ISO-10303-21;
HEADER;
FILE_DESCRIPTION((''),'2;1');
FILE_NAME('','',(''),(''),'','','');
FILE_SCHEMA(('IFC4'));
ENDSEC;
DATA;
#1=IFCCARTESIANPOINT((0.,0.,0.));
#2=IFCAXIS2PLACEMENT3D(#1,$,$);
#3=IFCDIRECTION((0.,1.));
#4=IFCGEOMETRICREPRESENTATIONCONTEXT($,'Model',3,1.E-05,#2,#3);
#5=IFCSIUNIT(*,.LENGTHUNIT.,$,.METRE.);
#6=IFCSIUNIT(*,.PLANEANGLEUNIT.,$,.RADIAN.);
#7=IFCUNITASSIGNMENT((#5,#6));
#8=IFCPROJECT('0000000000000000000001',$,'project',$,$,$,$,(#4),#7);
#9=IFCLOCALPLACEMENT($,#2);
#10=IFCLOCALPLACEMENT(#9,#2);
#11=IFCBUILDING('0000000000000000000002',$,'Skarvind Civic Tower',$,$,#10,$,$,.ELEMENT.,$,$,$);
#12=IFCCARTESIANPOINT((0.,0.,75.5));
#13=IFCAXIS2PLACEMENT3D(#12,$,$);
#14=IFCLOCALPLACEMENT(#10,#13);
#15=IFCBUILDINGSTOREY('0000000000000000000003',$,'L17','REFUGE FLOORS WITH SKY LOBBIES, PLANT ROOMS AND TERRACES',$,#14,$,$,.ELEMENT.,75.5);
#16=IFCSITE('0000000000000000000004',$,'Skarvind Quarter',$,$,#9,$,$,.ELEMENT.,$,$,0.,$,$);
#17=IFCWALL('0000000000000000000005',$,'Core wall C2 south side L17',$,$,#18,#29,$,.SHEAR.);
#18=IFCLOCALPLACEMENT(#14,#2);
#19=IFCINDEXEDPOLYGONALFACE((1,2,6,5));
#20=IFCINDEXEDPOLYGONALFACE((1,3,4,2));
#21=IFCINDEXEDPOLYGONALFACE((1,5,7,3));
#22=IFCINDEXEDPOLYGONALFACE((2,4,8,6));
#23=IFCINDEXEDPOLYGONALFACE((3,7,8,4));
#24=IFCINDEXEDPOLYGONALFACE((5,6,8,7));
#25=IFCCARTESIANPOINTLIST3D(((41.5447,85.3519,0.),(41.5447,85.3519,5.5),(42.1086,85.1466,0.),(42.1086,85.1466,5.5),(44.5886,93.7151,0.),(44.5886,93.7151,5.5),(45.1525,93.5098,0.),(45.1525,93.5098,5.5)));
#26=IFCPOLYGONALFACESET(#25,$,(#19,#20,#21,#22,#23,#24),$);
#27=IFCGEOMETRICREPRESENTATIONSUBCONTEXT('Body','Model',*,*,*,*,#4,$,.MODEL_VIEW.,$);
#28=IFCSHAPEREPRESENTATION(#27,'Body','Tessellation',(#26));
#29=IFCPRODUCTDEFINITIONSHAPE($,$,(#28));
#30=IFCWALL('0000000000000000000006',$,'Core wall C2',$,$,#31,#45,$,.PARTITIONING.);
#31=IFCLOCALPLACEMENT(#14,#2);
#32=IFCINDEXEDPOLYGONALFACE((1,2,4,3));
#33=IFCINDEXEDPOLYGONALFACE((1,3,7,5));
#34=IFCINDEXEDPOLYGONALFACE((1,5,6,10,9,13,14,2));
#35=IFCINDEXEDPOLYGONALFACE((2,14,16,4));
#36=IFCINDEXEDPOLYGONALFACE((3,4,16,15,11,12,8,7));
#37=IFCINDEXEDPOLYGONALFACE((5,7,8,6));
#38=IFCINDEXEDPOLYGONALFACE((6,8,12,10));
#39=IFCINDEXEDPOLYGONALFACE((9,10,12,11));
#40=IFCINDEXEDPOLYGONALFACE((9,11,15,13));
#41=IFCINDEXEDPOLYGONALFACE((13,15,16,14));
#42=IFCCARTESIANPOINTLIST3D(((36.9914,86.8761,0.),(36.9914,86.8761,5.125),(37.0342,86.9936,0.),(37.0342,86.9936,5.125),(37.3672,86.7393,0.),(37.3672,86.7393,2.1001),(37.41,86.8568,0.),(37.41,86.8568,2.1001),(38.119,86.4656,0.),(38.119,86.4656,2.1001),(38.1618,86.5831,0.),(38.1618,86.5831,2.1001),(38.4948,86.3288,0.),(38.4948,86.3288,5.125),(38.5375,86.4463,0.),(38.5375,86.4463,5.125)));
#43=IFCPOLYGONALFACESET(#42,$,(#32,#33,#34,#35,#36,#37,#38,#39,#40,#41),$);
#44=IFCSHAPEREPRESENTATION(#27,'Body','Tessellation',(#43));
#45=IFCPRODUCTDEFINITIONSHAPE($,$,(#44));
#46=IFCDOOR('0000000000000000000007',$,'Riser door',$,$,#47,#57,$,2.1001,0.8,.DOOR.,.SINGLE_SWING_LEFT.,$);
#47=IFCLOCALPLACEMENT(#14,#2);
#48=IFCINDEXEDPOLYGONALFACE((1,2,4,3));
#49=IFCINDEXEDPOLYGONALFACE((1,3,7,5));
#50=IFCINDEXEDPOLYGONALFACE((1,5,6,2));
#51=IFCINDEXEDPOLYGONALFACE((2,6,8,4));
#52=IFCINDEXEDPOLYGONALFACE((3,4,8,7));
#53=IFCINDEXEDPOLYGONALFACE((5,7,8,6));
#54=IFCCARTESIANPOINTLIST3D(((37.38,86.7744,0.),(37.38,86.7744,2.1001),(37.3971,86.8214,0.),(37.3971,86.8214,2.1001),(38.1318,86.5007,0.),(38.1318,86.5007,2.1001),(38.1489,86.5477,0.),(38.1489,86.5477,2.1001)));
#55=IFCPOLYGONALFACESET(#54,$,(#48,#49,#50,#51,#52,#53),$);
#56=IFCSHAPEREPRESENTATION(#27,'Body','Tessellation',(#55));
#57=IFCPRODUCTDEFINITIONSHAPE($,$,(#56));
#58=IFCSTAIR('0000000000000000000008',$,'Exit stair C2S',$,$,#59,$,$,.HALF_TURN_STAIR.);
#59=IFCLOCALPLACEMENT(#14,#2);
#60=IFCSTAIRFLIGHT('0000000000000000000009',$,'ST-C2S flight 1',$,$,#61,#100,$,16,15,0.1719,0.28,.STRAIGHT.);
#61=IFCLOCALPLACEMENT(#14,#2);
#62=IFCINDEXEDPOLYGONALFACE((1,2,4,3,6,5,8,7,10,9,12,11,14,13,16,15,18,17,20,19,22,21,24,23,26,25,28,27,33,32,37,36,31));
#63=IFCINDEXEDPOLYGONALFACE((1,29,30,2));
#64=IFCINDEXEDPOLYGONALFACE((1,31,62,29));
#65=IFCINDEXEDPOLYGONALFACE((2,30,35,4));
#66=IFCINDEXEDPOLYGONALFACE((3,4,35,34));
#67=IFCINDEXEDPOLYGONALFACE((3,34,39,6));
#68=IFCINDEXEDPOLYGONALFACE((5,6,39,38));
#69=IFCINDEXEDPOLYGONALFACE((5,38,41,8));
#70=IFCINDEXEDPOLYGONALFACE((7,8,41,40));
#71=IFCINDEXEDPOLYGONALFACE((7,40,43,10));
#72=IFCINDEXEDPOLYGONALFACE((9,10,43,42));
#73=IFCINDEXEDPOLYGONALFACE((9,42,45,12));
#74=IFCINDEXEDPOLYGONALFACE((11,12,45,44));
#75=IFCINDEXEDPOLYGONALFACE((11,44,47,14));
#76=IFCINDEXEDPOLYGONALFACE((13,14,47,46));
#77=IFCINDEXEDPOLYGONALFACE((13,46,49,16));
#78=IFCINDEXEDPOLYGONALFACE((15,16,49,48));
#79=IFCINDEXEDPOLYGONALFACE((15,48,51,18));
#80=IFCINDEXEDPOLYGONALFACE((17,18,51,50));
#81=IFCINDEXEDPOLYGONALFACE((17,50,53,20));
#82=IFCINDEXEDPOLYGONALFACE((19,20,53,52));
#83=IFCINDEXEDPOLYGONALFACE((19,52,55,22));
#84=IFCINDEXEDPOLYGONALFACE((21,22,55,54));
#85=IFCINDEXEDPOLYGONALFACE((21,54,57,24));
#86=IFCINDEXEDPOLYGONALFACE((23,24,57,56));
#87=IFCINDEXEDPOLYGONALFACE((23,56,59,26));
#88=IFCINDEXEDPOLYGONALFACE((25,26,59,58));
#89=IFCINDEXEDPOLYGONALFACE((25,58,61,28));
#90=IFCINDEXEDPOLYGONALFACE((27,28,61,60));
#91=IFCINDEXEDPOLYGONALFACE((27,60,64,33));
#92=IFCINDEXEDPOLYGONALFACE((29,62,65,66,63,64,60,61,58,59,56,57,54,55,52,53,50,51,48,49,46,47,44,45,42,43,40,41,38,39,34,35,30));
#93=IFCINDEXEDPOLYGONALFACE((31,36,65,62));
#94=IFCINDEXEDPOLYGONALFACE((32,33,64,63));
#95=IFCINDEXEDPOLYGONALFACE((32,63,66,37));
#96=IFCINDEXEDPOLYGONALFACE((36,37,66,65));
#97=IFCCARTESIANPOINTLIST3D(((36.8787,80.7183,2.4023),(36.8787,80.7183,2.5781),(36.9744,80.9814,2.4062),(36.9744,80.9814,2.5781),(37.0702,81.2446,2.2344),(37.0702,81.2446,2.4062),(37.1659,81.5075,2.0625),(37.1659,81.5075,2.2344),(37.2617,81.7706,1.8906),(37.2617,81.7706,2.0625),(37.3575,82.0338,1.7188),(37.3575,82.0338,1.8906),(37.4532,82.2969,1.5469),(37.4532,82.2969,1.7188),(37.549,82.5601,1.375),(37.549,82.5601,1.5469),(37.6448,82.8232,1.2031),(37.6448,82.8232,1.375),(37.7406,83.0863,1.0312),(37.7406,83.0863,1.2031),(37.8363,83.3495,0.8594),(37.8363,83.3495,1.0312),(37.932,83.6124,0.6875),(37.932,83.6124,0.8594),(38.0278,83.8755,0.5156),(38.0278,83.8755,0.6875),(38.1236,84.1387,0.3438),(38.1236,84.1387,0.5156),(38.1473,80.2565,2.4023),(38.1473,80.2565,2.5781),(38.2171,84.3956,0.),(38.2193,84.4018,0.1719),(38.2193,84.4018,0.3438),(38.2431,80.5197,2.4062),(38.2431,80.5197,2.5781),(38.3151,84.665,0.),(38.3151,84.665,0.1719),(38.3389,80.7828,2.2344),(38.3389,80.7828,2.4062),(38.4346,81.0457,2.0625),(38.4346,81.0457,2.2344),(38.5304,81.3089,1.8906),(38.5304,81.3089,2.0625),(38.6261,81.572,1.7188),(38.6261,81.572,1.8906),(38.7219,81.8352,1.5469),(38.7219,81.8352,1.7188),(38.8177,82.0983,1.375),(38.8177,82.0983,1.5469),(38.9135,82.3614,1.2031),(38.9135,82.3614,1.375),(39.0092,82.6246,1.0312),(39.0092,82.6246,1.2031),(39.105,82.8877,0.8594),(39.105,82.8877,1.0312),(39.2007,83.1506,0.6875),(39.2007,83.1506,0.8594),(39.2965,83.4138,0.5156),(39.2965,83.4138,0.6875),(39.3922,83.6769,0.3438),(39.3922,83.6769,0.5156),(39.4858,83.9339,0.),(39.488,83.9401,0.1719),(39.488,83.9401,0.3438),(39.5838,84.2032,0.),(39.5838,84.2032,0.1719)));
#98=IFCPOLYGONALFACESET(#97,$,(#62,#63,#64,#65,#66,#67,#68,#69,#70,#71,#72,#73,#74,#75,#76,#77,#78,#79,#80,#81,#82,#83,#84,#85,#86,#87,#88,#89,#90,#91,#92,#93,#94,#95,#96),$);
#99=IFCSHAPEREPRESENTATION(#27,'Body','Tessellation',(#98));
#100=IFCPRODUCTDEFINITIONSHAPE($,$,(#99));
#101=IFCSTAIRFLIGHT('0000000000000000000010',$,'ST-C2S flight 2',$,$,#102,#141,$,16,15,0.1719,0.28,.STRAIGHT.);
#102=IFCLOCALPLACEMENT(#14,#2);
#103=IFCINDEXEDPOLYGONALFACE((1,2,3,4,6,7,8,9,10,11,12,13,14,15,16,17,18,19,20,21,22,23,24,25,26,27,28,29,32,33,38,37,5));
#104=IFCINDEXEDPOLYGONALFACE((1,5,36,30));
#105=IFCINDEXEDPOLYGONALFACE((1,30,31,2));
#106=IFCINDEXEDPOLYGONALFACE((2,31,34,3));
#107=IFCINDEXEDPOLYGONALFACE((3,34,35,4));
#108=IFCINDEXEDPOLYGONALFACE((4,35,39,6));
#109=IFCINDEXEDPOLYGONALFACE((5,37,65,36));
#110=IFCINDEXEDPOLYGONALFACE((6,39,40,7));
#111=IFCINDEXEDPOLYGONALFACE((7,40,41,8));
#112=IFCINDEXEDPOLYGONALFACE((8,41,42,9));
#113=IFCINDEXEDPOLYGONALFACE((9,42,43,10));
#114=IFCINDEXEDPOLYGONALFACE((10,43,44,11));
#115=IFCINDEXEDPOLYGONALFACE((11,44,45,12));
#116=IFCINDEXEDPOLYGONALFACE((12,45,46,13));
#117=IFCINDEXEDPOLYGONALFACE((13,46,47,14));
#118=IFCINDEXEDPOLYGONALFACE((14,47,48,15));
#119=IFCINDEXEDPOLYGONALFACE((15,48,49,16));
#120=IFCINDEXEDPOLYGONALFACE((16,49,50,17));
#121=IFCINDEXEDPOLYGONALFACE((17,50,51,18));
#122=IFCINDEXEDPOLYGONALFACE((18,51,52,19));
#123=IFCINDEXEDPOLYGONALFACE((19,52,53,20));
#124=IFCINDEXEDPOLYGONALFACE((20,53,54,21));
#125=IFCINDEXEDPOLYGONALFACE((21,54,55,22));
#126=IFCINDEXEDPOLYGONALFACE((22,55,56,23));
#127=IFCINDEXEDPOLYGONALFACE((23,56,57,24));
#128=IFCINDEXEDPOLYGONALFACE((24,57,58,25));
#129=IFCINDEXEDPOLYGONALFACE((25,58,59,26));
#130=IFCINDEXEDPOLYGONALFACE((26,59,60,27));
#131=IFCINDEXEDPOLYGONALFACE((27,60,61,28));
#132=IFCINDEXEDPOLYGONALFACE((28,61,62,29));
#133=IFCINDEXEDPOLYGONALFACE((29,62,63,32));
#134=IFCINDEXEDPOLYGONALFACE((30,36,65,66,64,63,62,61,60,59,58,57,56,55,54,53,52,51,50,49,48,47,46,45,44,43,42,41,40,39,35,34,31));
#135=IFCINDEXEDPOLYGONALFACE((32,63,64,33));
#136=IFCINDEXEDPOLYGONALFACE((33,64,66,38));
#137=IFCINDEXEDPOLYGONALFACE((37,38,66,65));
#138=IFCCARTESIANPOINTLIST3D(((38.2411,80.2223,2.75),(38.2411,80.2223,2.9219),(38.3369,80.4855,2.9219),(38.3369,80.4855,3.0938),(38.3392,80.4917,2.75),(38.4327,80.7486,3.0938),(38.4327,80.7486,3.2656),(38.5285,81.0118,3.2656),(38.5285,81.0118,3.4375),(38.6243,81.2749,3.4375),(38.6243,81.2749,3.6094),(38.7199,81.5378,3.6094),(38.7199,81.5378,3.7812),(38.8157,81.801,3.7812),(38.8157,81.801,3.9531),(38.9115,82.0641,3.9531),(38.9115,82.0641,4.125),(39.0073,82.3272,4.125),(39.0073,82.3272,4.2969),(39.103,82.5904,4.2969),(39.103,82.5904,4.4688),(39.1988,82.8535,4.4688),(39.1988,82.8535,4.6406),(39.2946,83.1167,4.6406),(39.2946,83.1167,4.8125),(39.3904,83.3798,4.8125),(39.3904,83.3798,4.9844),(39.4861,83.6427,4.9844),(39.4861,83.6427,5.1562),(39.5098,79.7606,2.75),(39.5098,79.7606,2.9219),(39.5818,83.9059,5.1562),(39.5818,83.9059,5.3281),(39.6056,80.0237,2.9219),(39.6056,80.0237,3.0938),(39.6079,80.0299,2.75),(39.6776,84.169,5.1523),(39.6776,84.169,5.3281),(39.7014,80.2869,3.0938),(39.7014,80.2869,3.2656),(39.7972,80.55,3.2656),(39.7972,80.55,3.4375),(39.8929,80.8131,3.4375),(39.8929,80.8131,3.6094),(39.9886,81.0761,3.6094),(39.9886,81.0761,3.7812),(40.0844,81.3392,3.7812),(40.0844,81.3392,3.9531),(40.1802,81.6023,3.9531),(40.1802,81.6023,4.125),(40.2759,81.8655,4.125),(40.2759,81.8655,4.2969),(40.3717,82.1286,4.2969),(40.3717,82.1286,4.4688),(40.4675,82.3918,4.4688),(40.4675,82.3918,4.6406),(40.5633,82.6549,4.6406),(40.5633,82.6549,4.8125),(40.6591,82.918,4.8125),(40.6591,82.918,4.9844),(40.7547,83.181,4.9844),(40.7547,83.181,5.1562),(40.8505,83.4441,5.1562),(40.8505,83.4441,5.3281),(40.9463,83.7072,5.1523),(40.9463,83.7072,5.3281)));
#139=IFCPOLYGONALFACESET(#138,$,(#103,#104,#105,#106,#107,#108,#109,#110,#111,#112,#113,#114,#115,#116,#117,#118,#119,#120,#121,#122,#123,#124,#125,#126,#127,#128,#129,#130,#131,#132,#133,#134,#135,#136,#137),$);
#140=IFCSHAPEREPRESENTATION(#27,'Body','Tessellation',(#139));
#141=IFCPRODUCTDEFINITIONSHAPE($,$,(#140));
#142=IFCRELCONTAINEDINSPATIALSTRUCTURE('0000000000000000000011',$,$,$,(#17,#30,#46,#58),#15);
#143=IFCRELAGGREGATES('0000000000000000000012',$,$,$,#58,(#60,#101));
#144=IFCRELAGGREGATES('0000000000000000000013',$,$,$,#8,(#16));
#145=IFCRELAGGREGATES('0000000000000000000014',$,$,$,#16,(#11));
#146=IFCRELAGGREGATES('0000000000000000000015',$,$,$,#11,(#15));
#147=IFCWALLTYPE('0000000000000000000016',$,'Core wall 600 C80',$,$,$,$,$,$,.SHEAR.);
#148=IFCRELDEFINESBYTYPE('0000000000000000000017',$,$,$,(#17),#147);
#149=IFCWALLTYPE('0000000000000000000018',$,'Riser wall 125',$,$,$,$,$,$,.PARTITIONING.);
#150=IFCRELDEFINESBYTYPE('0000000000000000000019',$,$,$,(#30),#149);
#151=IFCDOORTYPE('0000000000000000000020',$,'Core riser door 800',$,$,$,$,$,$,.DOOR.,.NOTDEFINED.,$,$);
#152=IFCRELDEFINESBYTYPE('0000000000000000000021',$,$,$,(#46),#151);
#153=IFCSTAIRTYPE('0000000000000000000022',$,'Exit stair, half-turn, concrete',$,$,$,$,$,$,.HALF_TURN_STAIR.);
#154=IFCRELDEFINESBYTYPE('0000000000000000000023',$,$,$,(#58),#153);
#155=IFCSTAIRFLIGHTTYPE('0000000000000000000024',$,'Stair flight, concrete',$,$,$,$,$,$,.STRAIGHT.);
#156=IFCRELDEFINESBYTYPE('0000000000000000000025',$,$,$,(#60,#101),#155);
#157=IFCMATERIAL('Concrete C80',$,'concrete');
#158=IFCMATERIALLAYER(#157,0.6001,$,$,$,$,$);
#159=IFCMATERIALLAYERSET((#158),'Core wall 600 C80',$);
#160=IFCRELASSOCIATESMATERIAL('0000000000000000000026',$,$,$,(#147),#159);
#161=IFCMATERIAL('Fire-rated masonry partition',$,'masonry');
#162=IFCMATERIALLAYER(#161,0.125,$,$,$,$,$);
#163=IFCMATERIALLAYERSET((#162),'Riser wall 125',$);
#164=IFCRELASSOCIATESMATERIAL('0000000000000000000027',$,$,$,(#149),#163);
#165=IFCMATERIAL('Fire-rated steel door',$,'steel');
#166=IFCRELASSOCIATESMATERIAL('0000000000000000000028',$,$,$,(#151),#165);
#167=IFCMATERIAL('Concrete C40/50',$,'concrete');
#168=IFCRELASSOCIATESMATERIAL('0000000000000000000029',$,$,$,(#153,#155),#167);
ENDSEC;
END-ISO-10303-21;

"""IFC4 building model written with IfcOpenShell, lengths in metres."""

from ifc_helpers import new_model, si_unit, direction, frame, frame_2d, origin, place, context, subcontext, project, spatial, polyline, rectangle, outline, extrude, material, layer, layer_set, type_object, element, fill, aggregate, save


model = new_model("IFC4")

# Units and contexts
model_context = context("Model", 3, precision=1e-05, world=origin(), true_north=direction((0.0, 1.0)))
body_context = subcontext(model_context, "Body", "Model", "MODEL_VIEW")
ifc_project = project(units=[si_unit("LENGTHUNIT", "METRE"), si_unit("PLANEANGLEUNIT", "RADIAN")], contexts=[model_context])

# Site, building, storey
site_placement = place(None, origin())
site = spatial("IfcSite", under=ifc_project, at=site_placement, Name="Skarvind Quarter", CompositionType="ELEMENT", RefElevation=0.0)
building_placement = place(site_placement, origin())
building = spatial("IfcBuilding", under=site, at=building_placement, Name="Skarvind Civic Tower", CompositionType="ELEMENT")
storey_placement = place(building_placement, frame((0.0, 0.0, 75.5)))
storey = spatial("IfcBuildingStorey", under=building, at=storey_placement, Name="L17", Description="REFUGE FLOORS WITH SKY LOBBIES, PLANT ROOMS AND TERRACES", CompositionType="ELEMENT", Elevation=75.5)

# Shared definitions
ifc_material_1 = material(Name="Concrete C80", Category="concrete")
ifc_material_2 = material(Name="Fire-rated steel door", Category="steel")

# Wall
ifc_layer_1 = layer(ifc_material_1, 0.6001)
ifc_layer_set_1 = layer_set([ifc_layer_1], Name="Core wall 600 C80")
wall_type_1 = type_object("IfcWallType", Name="Core wall 600 C80", PredefinedType="SHEAR", material=ifc_layer_set_1)
wall_1_placement = place(storey_placement, frame((41.8267, 85.2493, 0.0), z_axis=(0.0, 0.0, 1.0), x_axis=(0.342016, 0.939694, 0.0)))
element("IfcWall", 1, at=wall_1_placement, inside=storey, type_object=wall_type_1, Name="Core wall C2 south side L17", PredefinedType="SHEAR", context=body_context, shape_type="SweptSolid", body=[
    extrude(rectangle(XDim=8.8999, YDim=0.6001, at=frame_2d((4.45, 0.0))), origin(), (0.0, 0.0, 1.0), 5.5),
])

# Wall, opening, door
ifc_material_3 = material(Name="Fire-rated masonry partition", Category="masonry")
ifc_layer_2 = layer(ifc_material_3, 0.125)
ifc_layer_set_2 = layer_set([ifc_layer_2], Name="Riser wall 125")
wall_type_2 = type_object("IfcWallType", Name="Riser wall 125", PredefinedType="PARTITIONING", material=ifc_layer_set_2)
wall_2_placement = place(storey_placement, frame((37.0129, 86.9348, 0.0), z_axis=(0.0, 0.0, 1.0), x_axis=(0.93966, -0.342111, 0.0)))
wall_2 = element("IfcWall", 2, at=wall_2_placement, inside=storey, type_object=wall_type_2, Name="Core wall C2", PredefinedType="PARTITIONING", context=body_context, shape_type="SweptSolid", body=[
    extrude(rectangle(XDim=1.5999, YDim=0.125, at=frame_2d((0.7998, 0.0))), origin(), (0.0, 0.0, 1.0), 5.125),
])
opening_1_placement = place(wall_2_placement, frame((0.3999, 0.0, 0.0)))
opening_1 = element("IfcOpeningElement", 3, at=opening_1_placement, cuts=wall_2, PredefinedType="OPENING", context=body_context, shape_type="SweptSolid", body=[
    extrude(rectangle(XDim=0.8, YDim=2.1001, at=frame_2d((0.3999, 1.05))), frame((0.0, 0.0725, 0.0), z_axis=(0.0, -1.0, 0.0), x_axis=(1.0, 0.0, 0.0)), (0.0, 0.0, 1.0), 0.145),
])
door_type_1 = type_object("IfcDoorType", Name="Core riser door 800", OperationType="NOTDEFINED", PredefinedType="DOOR", material=ifc_material_2)
door_1_placement = place(opening_1_placement, origin())
door_1 = element("IfcDoor", 4, at=door_1_placement, inside=storey, type_object=door_type_1, Name="Riser door", OperationType="SINGLE_SWING_LEFT", OverallHeight=2.1001, OverallWidth=0.8, PredefinedType="DOOR", context=body_context, shape_type="SweptSolid", body=[
    extrude(rectangle(XDim=0.8, YDim=2.1001, at=frame_2d((0.3999, 1.05))), frame((0.0, 0.0249, 0.0), z_axis=(0.0, -1.0, 0.0), x_axis=(1.0, 0.0, 0.0)), (0.0, 0.0, 1.0), 0.05),
])
fill(opening_1, door_1)

# Stair, stair flights
ifc_material_4 = material(Name="Concrete C40/50", Category="concrete")
stair_type = type_object("IfcStairType", Name="Exit stair, half-turn, concrete", PredefinedType="HALF_TURN_STAIR", material=ifc_material_4)
stair_placement = place(storey_placement, origin())
stair = element("IfcStair", 5, at=stair_placement, inside=storey, type_object=stair_type, Name="Exit stair C2S", PredefinedType="HALF_TURN_STAIR")
stair_flight_type = type_object("IfcStairFlightType", Name="Stair flight, concrete", PredefinedType="STRAIGHT", material=ifc_material_4)
stair_flight_1_placement = place(storey_placement, frame((38.9495, 84.4341, 0.0), z_axis=(0.0, 0.0, 1.0), x_axis=(-0.34202, -0.939693, 0.0)))
stair_flight_1 = element("IfcStairFlight", 6, at=stair_flight_1_placement, type_object=stair_flight_type, Name="ST-C2S flight 1", NumberOfRisers=16, NumberOfTreads=15, PredefinedType="STRAIGHT", RiserHeight=0.1719, TreadLength=0.28, context=body_context, shape_type="SweptSolid", body=[
    extrude(outline(polyline([(0.0, 0.0), (0.0, 0.1719), (0.28, 0.1719), (0.28, 0.3438), (0.5601, 0.3438), (0.5601, 0.5156), (0.8401, 0.5156), (0.8401, 0.6875), (1.1201, 0.6875), (1.1201, 0.8594), (1.3999, 0.8594), (1.3999, 1.0312), (1.6799, 1.0312), (1.6799, 1.2031), (1.96, 1.2031), (1.96, 1.375), (2.24, 1.375), (2.24, 1.5469), (2.52, 1.5469), (2.52, 1.7188), (2.8, 1.7188), (2.8, 1.8906), (3.0801, 1.8906), (3.0801, 2.0625), (3.3601, 2.0625), (3.3601, 2.2344), (3.6399, 2.2344), (3.6399, 2.4062), (3.9199, 2.4062), (3.9199, 2.5781), (4.2, 2.5781), (4.2, 2.75), (4.2, 2.4023), (0.2866, 0.0), (0.0, 0.0)])), frame((0.0, 0.675, 0.0), z_axis=(0.0, -1.0, 0.0), x_axis=(1.0, 0.0, 0.0)), (0.0, 0.0, 1.0), 1.3501),
])
stair_flight_2_placement = place(storey_placement, frame((38.8755, 79.9915, 2.75), z_axis=(0.0, 0.0, 1.0), x_axis=(0.34202, 0.939693, 0.0)))
stair_flight_2 = element("IfcStairFlight", 7, at=stair_flight_2_placement, type_object=stair_flight_type, Name="ST-C2S flight 2", NumberOfRisers=16, NumberOfTreads=15, PredefinedType="STRAIGHT", RiserHeight=0.1719, TreadLength=0.28, context=body_context, shape_type="SweptSolid", body=[
    extrude(outline(polyline([(0.0, 0.0), (0.0, 0.1719), (0.28, 0.1719), (0.28, 0.3438), (0.5601, 0.3438), (0.5601, 0.5156), (0.8401, 0.5156), (0.8401, 0.6875), (1.1201, 0.6875), (1.1201, 0.8594), (1.3999, 0.8594), (1.3999, 1.0312), (1.6799, 1.0312), (1.6799, 1.2031), (1.96, 1.2031), (1.96, 1.375), (2.24, 1.375), (2.24, 1.5469), (2.52, 1.5469), (2.52, 1.7188), (2.8, 1.7188), (2.8, 1.8906), (3.0801, 1.8906), (3.0801, 2.0625), (3.3601, 2.0625), (3.3601, 2.2344), (3.6399, 2.2344), (3.6399, 2.4062), (3.9199, 2.4062), (3.9199, 2.5781), (4.2, 2.5781), (4.2, 2.75), (4.2, 2.4023), (0.2866, 0.0), (0.0, 0.0)])), frame((0.0, 0.675, 0.0), z_axis=(0.0, -1.0, 0.0), x_axis=(1.0, 0.0, 0.0)), (0.0, 0.0, 1.0), 1.3501),
])
aggregate(stair, [stair_flight_1, stair_flight_2])

save(model, "model.ifc")
